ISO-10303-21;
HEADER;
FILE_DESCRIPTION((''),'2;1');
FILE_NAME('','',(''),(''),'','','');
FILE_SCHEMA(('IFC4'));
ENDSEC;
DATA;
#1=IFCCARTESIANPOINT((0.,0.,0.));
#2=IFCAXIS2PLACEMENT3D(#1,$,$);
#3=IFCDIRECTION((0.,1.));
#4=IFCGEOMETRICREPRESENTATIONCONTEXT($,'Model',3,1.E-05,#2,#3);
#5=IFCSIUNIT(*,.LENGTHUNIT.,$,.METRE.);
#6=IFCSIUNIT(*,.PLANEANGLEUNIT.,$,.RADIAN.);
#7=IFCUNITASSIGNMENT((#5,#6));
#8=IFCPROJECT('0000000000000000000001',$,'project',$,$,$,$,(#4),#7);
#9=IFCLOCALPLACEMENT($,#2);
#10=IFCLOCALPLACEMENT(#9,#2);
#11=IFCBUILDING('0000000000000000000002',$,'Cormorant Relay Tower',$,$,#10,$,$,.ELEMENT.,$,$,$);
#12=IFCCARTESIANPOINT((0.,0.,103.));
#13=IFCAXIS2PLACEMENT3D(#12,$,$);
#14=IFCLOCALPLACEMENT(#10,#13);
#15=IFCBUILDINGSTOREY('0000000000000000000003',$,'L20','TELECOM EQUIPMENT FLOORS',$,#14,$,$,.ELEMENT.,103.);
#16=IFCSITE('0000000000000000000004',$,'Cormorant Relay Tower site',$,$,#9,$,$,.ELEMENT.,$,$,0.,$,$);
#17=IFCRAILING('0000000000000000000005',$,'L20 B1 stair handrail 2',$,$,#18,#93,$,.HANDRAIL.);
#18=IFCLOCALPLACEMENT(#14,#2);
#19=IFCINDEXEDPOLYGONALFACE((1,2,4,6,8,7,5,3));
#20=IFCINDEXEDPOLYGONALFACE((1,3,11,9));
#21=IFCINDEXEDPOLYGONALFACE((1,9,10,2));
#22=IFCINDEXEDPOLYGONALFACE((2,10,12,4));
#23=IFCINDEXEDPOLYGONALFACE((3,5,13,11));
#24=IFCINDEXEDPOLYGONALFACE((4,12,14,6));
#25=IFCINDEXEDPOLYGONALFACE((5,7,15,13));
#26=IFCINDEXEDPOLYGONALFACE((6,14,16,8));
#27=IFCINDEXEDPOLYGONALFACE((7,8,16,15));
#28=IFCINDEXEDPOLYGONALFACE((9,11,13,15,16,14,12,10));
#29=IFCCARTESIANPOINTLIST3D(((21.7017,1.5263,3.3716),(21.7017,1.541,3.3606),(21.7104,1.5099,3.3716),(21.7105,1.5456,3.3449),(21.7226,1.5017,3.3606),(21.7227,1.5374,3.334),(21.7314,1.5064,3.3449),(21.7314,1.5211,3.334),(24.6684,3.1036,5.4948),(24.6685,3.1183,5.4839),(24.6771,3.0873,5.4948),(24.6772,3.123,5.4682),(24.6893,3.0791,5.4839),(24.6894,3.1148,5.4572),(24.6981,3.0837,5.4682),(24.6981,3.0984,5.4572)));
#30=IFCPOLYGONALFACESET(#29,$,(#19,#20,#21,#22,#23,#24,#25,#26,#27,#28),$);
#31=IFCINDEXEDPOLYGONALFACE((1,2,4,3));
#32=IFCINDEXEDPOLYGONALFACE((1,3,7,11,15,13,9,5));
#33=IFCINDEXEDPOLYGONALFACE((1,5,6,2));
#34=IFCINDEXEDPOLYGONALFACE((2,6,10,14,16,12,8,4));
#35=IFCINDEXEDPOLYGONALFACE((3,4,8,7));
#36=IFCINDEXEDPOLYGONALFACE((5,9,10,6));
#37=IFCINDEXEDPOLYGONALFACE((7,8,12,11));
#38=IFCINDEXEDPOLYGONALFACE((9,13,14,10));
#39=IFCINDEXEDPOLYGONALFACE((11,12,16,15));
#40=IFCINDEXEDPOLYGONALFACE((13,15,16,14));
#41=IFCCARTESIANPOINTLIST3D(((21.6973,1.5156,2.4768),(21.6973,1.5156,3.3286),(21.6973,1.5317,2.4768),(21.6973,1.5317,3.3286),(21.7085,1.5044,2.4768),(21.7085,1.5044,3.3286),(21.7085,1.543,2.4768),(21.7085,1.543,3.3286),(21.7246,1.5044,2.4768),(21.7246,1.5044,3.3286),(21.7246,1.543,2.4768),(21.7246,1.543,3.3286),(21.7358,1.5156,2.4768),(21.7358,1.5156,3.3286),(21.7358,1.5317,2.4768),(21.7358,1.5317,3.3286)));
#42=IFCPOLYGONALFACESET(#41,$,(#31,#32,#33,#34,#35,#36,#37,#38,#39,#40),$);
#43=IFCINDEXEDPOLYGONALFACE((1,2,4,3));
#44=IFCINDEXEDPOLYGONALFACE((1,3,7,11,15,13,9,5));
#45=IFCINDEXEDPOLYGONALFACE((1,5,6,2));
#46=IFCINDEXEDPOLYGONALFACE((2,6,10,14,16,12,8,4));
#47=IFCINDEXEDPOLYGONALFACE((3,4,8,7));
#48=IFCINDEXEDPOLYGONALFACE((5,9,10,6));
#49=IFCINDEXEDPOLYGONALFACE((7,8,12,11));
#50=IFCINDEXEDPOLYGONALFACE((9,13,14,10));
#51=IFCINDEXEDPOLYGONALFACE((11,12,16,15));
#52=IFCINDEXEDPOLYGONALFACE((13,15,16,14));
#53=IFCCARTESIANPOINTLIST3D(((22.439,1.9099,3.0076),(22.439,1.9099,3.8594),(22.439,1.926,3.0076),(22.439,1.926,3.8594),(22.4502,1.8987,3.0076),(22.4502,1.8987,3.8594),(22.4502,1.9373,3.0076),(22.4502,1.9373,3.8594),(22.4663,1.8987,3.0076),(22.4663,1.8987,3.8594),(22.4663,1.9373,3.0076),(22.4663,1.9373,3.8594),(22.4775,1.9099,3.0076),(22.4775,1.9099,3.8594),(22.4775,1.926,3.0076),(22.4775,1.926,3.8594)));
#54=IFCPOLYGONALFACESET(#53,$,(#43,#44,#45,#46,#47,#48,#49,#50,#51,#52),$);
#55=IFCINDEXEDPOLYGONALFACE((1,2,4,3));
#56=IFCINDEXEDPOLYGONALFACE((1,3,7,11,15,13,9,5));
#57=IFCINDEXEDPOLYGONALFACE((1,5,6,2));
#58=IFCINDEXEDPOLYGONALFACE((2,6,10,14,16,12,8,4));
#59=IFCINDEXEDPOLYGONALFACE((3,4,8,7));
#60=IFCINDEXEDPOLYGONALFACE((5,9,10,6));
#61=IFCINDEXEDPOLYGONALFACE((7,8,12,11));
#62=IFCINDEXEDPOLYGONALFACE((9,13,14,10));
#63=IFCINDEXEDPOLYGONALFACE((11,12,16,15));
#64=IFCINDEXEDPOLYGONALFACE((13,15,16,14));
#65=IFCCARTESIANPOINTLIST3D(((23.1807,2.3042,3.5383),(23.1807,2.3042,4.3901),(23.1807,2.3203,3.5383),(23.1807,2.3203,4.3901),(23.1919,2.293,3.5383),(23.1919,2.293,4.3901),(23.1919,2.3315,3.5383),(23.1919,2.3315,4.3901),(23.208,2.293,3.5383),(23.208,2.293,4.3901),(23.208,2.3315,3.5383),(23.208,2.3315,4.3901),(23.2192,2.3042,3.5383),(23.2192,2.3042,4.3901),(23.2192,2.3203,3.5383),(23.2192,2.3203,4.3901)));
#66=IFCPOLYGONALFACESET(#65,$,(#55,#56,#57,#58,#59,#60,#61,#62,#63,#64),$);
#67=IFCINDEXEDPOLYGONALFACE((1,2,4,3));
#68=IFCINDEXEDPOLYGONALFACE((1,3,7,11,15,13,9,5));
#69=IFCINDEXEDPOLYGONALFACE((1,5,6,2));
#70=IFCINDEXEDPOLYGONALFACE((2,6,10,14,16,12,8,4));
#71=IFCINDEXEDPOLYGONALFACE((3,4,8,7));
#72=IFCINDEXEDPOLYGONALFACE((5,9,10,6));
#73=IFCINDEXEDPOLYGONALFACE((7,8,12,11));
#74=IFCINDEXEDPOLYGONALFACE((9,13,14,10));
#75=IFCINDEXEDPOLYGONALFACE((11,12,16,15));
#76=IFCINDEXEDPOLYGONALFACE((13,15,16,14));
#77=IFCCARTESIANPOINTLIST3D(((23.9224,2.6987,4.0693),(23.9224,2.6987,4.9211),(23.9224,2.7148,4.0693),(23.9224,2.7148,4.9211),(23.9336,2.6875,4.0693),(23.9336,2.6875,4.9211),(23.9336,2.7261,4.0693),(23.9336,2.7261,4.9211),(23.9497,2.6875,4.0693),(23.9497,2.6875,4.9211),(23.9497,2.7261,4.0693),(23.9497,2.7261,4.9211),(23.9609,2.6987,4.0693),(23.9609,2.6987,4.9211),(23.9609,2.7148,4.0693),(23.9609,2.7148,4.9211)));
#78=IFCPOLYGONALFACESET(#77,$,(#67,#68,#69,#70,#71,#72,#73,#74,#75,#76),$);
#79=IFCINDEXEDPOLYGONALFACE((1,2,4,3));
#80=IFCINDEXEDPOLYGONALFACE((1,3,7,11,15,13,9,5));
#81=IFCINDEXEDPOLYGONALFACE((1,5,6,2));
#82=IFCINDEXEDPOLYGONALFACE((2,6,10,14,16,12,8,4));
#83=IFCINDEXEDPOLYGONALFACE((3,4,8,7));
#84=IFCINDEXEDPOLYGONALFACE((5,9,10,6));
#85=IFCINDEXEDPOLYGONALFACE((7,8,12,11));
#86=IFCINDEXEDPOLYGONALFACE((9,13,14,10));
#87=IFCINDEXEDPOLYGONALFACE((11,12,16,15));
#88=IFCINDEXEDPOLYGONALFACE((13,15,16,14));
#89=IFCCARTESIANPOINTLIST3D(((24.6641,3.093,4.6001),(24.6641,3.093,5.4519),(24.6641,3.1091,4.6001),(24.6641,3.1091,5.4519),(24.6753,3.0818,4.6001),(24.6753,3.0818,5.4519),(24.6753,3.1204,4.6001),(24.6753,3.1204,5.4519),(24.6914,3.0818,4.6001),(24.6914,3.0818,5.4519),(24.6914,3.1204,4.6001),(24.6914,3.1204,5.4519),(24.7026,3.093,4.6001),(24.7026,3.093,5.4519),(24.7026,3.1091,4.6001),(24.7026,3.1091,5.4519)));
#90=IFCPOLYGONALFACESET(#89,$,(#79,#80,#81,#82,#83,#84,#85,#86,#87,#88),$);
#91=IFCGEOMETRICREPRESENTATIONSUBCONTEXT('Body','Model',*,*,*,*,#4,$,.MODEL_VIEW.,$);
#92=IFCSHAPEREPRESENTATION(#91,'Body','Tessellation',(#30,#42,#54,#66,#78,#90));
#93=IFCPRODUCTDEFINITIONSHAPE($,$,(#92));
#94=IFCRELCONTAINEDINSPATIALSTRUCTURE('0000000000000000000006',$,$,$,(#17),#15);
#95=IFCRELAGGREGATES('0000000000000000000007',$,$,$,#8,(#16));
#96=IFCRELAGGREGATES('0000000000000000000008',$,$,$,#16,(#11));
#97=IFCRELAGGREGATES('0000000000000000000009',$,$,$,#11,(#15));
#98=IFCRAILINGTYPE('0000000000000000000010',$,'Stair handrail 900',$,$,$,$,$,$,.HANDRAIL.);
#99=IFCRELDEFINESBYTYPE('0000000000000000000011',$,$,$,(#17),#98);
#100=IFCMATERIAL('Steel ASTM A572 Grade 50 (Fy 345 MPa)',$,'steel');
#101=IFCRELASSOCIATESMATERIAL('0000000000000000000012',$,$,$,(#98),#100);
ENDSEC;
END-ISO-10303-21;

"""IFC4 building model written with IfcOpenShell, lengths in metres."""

from ifc_helpers import new_model, si_unit, direction, frame, origin, place, context, subcontext, project, spatial, polyline, outline, extrude, material, type_object, element, save


model = new_model("IFC4")

# Units and contexts
model_context = context("Model", 3, precision=1e-05, world=origin(), true_north=direction((0.0, 1.0)))
body_context = subcontext(model_context, "Body", "Model", "MODEL_VIEW")
ifc_project = project(units=[si_unit("LENGTHUNIT", "METRE"), si_unit("PLANEANGLEUNIT", "RADIAN")], contexts=[model_context])

# Site, building, storey
site_placement = place(None, origin())
site = spatial("IfcSite", under=ifc_project, at=site_placement, Name="Cormorant Relay Tower site", CompositionType="ELEMENT", RefElevation=0.0)
building_placement = place(site_placement, origin())
building = spatial("IfcBuilding", under=site, at=building_placement, Name="Cormorant Relay Tower", CompositionType="ELEMENT")
storey_placement = place(building_placement, frame((0.0, 0.0, 103.0)))
storey = spatial("IfcBuildingStorey", under=building, at=storey_placement, Name="L20", Description="TELECOM EQUIPMENT FLOORS", CompositionType="ELEMENT", Elevation=103.0)

# Railing
ifc_material_1 = material(Name="Steel ASTM A572 Grade 50 (Fy 345 MPa)", Category="steel")
railing_type_1 = type_object("IfcRailingType", Name="Stair handrail 900", PredefinedType="HANDRAIL", material=ifc_material_1)
railing_1_placement = place(storey_placement, frame((21.7166, 1.5237, 2.4768)))
element("IfcRailing", 1, at=railing_1_placement, inside=storey, type_object=railing_type_1, Name="L20 B1 stair handrail 2", PredefinedType="HANDRAIL", context=body_context, shape_type="SweptSolid", body=[
    extrude(outline(polyline([(0.0222, 0.0093), (0.0093, 0.0222), (-0.0093, 0.0222), (-0.0222, 0.0093), (-0.0222, -0.0093), (-0.0093, -0.0222), (0.0093, -0.0222), (0.0222, -0.0093), (0.0222, 0.0093)])), frame((0.0, 0.0, 0.876), z_axis=(0.746416, 0.396856, 0.534199), x_axis=(-0.469453, 0.882958, 0.0)), (0.0, 0.0, 1.0), 3.9746),
    extrude(outline(polyline([(0.0193, 0.0081), (0.0081, 0.0193), (-0.0081, 0.0193), (-0.0193, 0.0081), (-0.0193, -0.0081), (-0.0081, -0.0193), (0.0081, -0.0193), (0.0193, -0.0081), (0.0193, 0.0081)])), origin(), (0.0, 0.0, 1.0), 0.8518),
    extrude(outline(polyline([(0.0193, 0.0081), (0.0081, 0.0193), (-0.0081, 0.0193), (-0.0193, 0.0081), (-0.0193, -0.0081), (-0.0081, -0.0193), (0.0081, -0.0193), (0.0193, -0.0081), (0.0193, 0.0081)])), frame((0.7417, 0.3943, 0.5308)), (0.0, 0.0, 1.0), 0.8518),
    extrude(outline(polyline([(0.0193, 0.0081), (0.0081, 0.0193), (-0.0081, 0.0193), (-0.0193, 0.0081), (-0.0193, -0.0081), (-0.0081, -0.0193), (0.0081, -0.0193), (0.0193, -0.0081), (0.0193, 0.0081)])), frame((1.4834, 0.7886, 1.0615)), (0.0, 0.0, 1.0), 0.8518),
    extrude(outline(polyline([(0.0193, 0.0081), (0.0081, 0.0193), (-0.0081, 0.0193), (-0.0193, 0.0081), (-0.0193, -0.0081), (-0.0081, -0.0193), (0.0081, -0.0193), (0.0193, -0.0081), (0.0193, 0.0081)])), frame((2.2251, 1.1831, 1.5925)), (0.0, 0.0, 1.0), 0.8518),
    extrude(outline(polyline([(0.0193, 0.0081), (0.0081, 0.0193), (-0.0081, 0.0193), (-0.0193, 0.0081), (-0.0193, -0.0081), (-0.0081, -0.0193), (0.0081, -0.0193), (0.0193, -0.0081), (0.0193, 0.0081)])), frame((2.9668, 1.5774, 2.1233)), (0.0, 0.0, 1.0), 0.8518),
])

save(model, "model.ifc")
